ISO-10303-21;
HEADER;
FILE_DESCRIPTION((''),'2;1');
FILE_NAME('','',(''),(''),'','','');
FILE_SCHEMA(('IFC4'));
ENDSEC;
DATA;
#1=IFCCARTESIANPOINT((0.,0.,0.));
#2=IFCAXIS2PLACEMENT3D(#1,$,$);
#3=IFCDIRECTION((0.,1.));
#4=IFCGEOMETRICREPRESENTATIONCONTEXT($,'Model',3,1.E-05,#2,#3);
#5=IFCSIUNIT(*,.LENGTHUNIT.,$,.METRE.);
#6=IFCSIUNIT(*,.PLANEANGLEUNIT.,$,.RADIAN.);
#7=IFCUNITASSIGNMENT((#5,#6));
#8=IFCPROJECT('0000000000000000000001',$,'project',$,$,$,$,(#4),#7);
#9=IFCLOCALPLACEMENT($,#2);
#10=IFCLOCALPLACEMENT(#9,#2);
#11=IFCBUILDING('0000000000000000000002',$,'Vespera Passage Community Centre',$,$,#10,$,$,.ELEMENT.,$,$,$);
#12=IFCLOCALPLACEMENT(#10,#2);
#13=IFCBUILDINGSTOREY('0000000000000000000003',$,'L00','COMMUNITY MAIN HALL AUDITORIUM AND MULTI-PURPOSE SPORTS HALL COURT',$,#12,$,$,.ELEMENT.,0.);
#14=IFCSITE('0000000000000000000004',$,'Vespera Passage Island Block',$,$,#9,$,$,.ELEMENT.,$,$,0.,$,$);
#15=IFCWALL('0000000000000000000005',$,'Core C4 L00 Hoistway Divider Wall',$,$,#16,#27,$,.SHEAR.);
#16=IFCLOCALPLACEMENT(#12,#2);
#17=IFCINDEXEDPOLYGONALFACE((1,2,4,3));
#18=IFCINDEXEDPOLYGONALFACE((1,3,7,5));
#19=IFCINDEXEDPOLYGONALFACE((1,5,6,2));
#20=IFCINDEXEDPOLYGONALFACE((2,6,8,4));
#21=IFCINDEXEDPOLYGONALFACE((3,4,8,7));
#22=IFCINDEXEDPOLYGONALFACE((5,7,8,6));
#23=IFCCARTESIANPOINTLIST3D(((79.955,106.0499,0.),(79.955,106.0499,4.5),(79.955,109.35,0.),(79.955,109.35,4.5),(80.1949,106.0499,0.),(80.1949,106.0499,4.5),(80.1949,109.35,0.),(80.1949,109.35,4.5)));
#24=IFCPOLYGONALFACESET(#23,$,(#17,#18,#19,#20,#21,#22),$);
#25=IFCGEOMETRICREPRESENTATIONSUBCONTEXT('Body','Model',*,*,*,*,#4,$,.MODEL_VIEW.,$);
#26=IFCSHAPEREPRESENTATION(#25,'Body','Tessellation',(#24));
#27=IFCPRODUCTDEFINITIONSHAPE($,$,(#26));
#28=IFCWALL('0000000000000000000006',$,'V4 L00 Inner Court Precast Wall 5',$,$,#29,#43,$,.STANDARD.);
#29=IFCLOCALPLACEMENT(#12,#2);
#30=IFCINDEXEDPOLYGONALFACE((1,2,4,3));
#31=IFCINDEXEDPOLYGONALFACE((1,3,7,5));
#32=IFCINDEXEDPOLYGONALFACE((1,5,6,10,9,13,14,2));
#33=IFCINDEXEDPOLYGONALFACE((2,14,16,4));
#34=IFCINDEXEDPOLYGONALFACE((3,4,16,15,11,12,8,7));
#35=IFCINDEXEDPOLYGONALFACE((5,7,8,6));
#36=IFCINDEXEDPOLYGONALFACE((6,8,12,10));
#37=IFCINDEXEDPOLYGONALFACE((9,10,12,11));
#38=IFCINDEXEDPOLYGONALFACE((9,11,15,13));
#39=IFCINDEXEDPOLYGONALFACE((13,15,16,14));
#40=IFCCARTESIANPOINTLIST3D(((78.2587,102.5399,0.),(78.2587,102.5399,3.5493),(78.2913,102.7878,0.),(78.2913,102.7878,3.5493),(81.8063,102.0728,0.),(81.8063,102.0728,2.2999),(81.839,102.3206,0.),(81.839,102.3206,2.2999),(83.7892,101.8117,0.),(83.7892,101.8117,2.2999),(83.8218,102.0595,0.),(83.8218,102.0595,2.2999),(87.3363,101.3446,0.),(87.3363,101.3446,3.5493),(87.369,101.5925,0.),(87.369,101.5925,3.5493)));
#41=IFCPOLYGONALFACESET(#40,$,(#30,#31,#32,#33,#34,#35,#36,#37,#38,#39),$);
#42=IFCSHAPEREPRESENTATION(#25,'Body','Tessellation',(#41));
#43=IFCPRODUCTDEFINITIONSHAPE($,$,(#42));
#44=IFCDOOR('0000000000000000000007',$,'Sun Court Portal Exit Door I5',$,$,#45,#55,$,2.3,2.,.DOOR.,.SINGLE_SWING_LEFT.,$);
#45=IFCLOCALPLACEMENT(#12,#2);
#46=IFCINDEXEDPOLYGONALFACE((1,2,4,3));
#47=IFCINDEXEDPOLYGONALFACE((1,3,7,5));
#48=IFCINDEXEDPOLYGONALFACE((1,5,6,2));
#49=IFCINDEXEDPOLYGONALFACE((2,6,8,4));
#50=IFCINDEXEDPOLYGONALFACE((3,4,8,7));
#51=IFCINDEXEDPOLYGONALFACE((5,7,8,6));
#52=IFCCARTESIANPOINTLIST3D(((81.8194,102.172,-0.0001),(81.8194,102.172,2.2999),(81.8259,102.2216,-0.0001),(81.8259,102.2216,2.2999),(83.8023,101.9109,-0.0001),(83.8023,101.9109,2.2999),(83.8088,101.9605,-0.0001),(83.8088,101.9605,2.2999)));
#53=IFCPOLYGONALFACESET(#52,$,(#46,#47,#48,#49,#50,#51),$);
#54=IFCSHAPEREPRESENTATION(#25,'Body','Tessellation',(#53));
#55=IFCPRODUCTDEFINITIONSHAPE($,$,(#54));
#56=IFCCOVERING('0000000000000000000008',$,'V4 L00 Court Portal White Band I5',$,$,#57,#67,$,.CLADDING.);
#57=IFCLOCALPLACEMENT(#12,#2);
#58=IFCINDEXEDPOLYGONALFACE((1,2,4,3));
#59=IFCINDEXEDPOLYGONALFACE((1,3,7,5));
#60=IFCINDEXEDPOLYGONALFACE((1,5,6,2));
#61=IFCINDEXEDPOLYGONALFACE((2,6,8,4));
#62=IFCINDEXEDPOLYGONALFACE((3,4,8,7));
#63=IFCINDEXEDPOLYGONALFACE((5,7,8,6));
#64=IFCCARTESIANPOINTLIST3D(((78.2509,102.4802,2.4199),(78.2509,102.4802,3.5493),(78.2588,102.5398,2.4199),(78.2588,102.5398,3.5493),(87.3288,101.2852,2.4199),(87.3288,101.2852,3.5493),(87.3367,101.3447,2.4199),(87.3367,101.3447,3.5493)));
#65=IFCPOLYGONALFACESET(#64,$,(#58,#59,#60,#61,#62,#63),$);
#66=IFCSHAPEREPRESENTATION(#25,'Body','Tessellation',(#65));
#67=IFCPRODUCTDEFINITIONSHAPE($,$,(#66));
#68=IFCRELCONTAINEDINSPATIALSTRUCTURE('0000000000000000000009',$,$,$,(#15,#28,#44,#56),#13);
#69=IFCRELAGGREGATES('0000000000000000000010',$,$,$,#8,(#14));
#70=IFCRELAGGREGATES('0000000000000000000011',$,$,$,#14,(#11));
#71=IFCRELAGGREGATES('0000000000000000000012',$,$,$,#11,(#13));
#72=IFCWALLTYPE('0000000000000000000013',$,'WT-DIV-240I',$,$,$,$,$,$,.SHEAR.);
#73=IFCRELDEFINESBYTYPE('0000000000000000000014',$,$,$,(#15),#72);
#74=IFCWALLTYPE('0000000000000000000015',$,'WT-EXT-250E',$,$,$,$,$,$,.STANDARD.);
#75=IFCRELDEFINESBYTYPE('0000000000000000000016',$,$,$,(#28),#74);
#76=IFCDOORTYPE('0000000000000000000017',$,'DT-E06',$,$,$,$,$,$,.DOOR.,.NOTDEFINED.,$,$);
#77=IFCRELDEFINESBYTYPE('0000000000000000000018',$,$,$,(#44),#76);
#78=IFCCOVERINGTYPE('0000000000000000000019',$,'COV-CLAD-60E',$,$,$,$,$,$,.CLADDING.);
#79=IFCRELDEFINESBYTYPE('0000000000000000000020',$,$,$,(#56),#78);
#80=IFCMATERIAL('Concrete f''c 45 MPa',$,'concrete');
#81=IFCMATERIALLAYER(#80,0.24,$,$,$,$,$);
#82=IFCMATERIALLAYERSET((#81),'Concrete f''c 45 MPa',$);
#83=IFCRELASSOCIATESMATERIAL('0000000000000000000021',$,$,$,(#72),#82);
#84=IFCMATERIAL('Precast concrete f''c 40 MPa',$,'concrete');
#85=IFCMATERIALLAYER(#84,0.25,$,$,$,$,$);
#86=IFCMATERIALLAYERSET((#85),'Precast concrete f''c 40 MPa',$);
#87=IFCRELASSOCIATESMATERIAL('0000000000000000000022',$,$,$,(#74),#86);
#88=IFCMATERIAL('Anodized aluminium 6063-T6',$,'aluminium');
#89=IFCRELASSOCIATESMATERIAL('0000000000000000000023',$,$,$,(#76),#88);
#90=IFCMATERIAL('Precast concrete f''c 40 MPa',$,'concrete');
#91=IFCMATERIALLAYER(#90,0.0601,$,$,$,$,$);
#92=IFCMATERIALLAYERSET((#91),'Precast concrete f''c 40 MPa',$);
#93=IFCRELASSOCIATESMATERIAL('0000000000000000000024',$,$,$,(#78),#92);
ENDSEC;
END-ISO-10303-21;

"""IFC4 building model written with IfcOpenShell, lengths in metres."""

from ifc_helpers import new_model, si_unit, direction, frame, frame_2d, origin, place, context, subcontext, project, spatial, rectangle, extrude, material, layer, layer_set, type_object, element, fill, save


model = new_model("IFC4")

# Units and contexts
model_context = context("Model", 3, precision=1e-05, world=origin(), true_north=direction((0.0, 1.0)))
body_context = subcontext(model_context, "Body", "Model", "MODEL_VIEW")
ifc_project = project(units=[si_unit("LENGTHUNIT", "METRE"), si_unit("PLANEANGLEUNIT", "RADIAN")], contexts=[model_context])

# Site, building, storey
site_placement = place(None, origin())
site = spatial("IfcSite", under=ifc_project, at=site_placement, Name="Vespera Passage Island Block", CompositionType="ELEMENT", RefElevation=0.0)
building_placement = place(site_placement, origin())
building = spatial("IfcBuilding", under=site, at=building_placement, Name="Vespera Passage Community Centre", CompositionType="ELEMENT")
storey_placement = place(building_placement, origin())
storey = spatial("IfcBuildingStorey", under=building, at=storey_placement, Name="L00", Description="COMMUNITY MAIN HALL AUDITORIUM AND MULTI-PURPOSE SPORTS HALL COURT", CompositionType="ELEMENT", Elevation=0.0)

# Wall
ifc_material_1 = material(Name="Concrete f'c 45 MPa", Category="concrete")
ifc_layer_1 = layer(ifc_material_1, 0.24)
ifc_layer_set_1 = layer_set([ifc_layer_1], Name="Concrete f'c 45 MPa")
wall_type_1 = type_object("IfcWallType", Name="WT-DIV-240I", PredefinedType="SHEAR", material=ifc_layer_set_1)
wall_1_placement = place(storey_placement, frame((80.075, 106.05, 0.0), z_axis=(0.0, 0.0, 1.0), x_axis=(0.0, 1.0, 0.0)))
element("IfcWall", 1, at=wall_1_placement, inside=storey, type_object=wall_type_1, Name="Core C4 L00 Hoistway Divider Wall", PredefinedType="SHEAR", context=body_context, shape_type="SweptSolid", body=[
    extrude(rectangle(XDim=3.3, YDim=0.24, at=frame_2d((1.6499, 0.0))), origin(), (0.0, 0.0, 1.0), 4.5),
])

# Wall, opening, door
ifc_material_2 = material(Name="Precast concrete f'c 40 MPa", Category="concrete")
ifc_layer_2 = layer(ifc_material_2, 0.25)
ifc_layer_set_2 = layer_set([ifc_layer_2], Name="Precast concrete f'c 40 MPa")
wall_type_2 = type_object("IfcWallType", Name="WT-EXT-250E", PredefinedType="STANDARD", material=ifc_layer_set_2)
wall_2_placement = place(storey_placement, frame((87.3528, 101.4685, 0.0), z_axis=(0.0, 0.0, 1.0), x_axis=(-0.991442, 0.13055, 0.0)))
wall_2 = element("IfcWall", 2, at=wall_2_placement, inside=storey, type_object=wall_type_2, Name="V4 L00 Inner Court Precast Wall 5", PredefinedType="STANDARD", context=body_context, shape_type="SweptSolid", body=[
    extrude(rectangle(XDim=9.156, YDim=0.25, at=frame_2d((4.5781, 0.0))), origin(), (0.0, 0.0, 1.0), 3.5493),
])
opening_1_placement = place(wall_2_placement, frame((3.5779, 0.0, 0.0)))
opening_1 = element("IfcOpeningElement", 3, at=opening_1_placement, cuts=wall_2, PredefinedType="OPENING", context=body_context, shape_type="SweptSolid", body=[
    extrude(rectangle(XDim=2.0, YDim=2.3, at=frame_2d((1.0, 1.1499))), frame((0.0, 0.135, 0.0), z_axis=(0.0, -1.0, 0.0), x_axis=(1.0, 0.0, 0.0)), (0.0, 0.0, 1.0), 0.27),
])
ifc_material_3 = material(Name="Anodized aluminium 6063-T6", Category="aluminium")
door_type_1 = type_object("IfcDoorType", Name="DT-E06", OperationType="NOTDEFINED", PredefinedType="DOOR", material=ifc_material_3)
door_1_placement = place(opening_1_placement, origin())
door_1 = element("IfcDoor", 4, at=door_1_placement, inside=storey, type_object=door_type_1, Name="Sun Court Portal Exit Door I5", OperationType="SINGLE_SWING_LEFT", OverallHeight=2.3, OverallWidth=2.0, PredefinedType="DOOR", context=body_context, shape_type="SweptSolid", body=[
    extrude(rectangle(XDim=2.0, YDim=2.3, at=frame_2d((1.0, 1.1499))), frame((0.0, 0.0249, 0.0), z_axis=(0.0, -1.0, 0.0), x_axis=(1.0, 0.0, 0.0)), (0.0, 0.0, 1.0), 0.05),
])
fill(opening_1, door_1)

# Covering
ifc_material_4 = material(Name="Precast concrete f'c 40 MPa", Category="concrete")
ifc_layer_3 = layer(ifc_material_4, 0.0601)
ifc_layer_set_3 = layer_set([ifc_layer_3], Name="Precast concrete f'c 40 MPa")
covering_type = type_object("IfcCoveringType", Name="COV-CLAD-60E", PredefinedType="CLADDING", material=ifc_layer_set_3)
covering_placement = place(storey_placement, frame((87.3328, 101.3149, 2.4199), z_axis=(0.0, 0.0, 1.0), x_axis=(-0.991446, 0.13052, 0.0)))
element("IfcCovering", 5, at=covering_placement, inside=storey, type_object=covering_type, Name="V4 L00 Court Portal White Band I5", PredefinedType="CLADDING", context=body_context, shape_type="SweptSolid", body=[
    extrude(rectangle(XDim=9.1562, YDim=0.0601, at=frame_2d((4.5781, 0.0))), origin(), (0.0, 0.0, 1.0), 1.1294),
])

save(model, "model.ifc")
